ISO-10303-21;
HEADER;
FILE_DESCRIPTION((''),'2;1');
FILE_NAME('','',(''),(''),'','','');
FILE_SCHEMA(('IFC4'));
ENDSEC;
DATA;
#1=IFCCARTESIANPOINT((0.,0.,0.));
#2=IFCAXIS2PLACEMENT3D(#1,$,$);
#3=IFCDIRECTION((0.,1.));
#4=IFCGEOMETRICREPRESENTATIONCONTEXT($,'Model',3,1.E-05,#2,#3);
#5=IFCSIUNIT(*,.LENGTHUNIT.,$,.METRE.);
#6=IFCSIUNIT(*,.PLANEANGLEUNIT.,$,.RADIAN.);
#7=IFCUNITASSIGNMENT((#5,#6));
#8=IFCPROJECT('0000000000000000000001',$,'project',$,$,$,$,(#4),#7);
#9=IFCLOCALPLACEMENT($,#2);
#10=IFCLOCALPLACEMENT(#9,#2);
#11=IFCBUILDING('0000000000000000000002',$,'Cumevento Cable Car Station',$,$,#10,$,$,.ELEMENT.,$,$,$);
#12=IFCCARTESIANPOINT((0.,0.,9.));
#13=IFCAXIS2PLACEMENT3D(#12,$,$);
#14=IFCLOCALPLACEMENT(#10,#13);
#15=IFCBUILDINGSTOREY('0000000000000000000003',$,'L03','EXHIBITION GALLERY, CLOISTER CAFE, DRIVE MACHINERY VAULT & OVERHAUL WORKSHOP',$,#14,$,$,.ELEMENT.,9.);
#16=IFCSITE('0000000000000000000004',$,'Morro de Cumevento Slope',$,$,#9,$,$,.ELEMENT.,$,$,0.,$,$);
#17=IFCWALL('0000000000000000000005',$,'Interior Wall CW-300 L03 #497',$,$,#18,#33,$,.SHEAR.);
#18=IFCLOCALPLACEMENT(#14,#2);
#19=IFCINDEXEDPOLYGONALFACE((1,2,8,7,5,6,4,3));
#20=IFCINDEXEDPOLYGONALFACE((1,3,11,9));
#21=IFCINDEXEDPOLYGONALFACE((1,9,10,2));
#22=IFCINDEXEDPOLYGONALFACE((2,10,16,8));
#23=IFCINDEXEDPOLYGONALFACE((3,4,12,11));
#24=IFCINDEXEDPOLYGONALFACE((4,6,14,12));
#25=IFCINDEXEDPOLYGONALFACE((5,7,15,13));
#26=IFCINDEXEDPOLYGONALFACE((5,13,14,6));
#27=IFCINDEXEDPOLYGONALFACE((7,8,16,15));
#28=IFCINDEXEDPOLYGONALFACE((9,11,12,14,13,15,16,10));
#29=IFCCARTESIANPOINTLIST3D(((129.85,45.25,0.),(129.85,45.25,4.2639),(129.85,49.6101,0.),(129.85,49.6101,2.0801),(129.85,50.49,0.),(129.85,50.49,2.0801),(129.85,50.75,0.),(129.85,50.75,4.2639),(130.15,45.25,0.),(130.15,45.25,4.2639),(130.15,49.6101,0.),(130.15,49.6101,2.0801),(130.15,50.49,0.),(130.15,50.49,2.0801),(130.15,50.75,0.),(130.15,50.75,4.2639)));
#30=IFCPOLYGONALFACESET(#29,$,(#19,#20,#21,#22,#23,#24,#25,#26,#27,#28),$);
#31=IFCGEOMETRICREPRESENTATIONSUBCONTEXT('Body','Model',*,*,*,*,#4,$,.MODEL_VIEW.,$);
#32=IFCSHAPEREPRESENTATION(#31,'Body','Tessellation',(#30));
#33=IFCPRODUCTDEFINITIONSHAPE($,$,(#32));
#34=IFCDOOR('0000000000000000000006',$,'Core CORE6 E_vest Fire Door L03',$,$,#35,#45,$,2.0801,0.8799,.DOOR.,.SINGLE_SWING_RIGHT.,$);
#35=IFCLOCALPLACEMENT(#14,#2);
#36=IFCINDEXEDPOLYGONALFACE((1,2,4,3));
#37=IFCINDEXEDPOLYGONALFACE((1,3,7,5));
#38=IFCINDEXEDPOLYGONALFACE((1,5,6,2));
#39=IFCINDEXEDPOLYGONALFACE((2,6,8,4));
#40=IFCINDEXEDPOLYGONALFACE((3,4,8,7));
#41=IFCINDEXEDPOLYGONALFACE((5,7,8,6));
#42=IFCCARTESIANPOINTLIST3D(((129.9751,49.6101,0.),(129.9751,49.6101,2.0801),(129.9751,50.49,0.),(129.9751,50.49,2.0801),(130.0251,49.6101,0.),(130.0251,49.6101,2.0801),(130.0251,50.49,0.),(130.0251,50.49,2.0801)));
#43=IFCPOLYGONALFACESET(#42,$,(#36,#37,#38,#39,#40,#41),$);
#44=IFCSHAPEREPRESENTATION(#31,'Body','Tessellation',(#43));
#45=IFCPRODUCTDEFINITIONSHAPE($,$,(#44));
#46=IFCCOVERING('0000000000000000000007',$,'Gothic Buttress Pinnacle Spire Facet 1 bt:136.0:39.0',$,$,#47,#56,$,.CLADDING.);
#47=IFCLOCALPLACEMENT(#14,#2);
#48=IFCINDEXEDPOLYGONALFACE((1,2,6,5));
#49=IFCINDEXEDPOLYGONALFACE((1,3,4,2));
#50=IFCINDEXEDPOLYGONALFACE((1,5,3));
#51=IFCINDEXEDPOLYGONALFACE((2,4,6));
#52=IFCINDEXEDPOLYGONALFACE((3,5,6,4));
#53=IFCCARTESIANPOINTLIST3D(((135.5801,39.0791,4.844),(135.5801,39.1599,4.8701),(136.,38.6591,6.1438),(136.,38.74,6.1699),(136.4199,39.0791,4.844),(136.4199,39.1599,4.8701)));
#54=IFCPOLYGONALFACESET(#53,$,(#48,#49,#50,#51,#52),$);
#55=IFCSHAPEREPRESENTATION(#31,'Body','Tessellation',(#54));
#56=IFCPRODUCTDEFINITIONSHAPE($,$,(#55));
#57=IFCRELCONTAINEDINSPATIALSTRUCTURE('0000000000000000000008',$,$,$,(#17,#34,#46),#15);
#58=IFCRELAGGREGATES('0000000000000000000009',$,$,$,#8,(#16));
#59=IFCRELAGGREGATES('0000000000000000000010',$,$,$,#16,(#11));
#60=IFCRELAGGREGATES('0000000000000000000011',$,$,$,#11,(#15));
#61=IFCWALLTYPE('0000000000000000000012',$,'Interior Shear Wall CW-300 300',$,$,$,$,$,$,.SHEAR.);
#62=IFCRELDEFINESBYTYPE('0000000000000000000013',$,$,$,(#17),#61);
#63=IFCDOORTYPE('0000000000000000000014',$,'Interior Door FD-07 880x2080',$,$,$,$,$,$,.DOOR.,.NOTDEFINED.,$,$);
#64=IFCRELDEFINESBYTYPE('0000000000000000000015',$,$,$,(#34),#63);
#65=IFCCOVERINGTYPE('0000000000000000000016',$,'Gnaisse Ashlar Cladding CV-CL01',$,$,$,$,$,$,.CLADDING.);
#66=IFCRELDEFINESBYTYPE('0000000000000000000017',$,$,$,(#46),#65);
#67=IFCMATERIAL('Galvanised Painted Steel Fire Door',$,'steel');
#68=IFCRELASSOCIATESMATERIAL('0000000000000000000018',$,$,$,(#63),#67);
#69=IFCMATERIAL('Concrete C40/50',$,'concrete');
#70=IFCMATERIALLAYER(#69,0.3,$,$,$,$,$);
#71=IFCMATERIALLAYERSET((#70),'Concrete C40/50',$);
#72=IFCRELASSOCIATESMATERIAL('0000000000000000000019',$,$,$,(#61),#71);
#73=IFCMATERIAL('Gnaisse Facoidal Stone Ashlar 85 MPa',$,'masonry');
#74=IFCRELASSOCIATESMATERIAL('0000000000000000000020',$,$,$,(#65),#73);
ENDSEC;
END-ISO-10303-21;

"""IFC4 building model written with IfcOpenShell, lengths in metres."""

from ifc_helpers import new_model, si_unit, direction, frame, frame_2d, origin, place, context, subcontext, project, spatial, polyline, rectangle, outline, extrude, material, layer, layer_set, type_object, element, fill, save


model = new_model("IFC4")

# Units and contexts
model_context = context("Model", 3, precision=1e-05, world=origin(), true_north=direction((0.0, 1.0)))
body_context = subcontext(model_context, "Body", "Model", "MODEL_VIEW")
ifc_project = project(units=[si_unit("LENGTHUNIT", "METRE"), si_unit("PLANEANGLEUNIT", "RADIAN")], contexts=[model_context])

# Site, building, storey
site_placement = place(None, origin())
site = spatial("IfcSite", under=ifc_project, at=site_placement, Name="Morro de Cumevento Slope", CompositionType="ELEMENT", RefElevation=0.0)
building_placement = place(site_placement, origin())
building = spatial("IfcBuilding", under=site, at=building_placement, Name="Cumevento Cable Car Station", CompositionType="ELEMENT")
storey_placement = place(building_placement, frame((0.0, 0.0, 9.0)))
storey = spatial("IfcBuildingStorey", under=building, at=storey_placement, Name="L03", Description="EXHIBITION GALLERY, CLOISTER CAFE, DRIVE MACHINERY VAULT & OVERHAUL WORKSHOP", CompositionType="ELEMENT", Elevation=9.0)

# Shared definitions
ifc_material_1 = material(Name="Galvanised Painted Steel Fire Door", Category="steel")
door_type_1 = type_object("IfcDoorType", Name="Interior Door FD-07 880x2080", OperationType="NOTDEFINED", PredefinedType="DOOR", material=ifc_material_1)

# Wall, opening, door
ifc_material_2 = material(Name="Concrete C40/50", Category="concrete")
ifc_layer_1 = layer(ifc_material_2, 0.3)
ifc_layer_set_1 = layer_set([ifc_layer_1], Name="Concrete C40/50")
wall_type_1 = type_object("IfcWallType", Name="Interior Shear Wall CW-300 300", PredefinedType="SHEAR", material=ifc_layer_set_1)
wall_1_placement = place(storey_placement, frame((130.0, 45.25, 0.0), z_axis=(0.0, 0.0, 1.0), x_axis=(0.0, 1.0, 0.0)))
wall_1 = element("IfcWall", 1, at=wall_1_placement, inside=storey, type_object=wall_type_1, Name="Interior Wall CW-300 L03 #497", PredefinedType="SHEAR", context=body_context, shape_type="SweptSolid", body=[
    extrude(rectangle(XDim=5.5, YDim=0.3, at=frame_2d((2.75, 0.0))), origin(), (0.0, 0.0, 1.0), 4.2639),
])
opening_1_placement = place(wall_1_placement, frame((4.3601, 0.0, 0.0)))
opening_1 = element("IfcOpeningElement", 2, at=opening_1_placement, cuts=wall_1, PredefinedType="OPENING", context=body_context, shape_type="SweptSolid", body=[
    extrude(rectangle(XDim=0.8799, YDim=2.0801, at=frame_2d((0.4399, 1.04))), frame((0.0, 0.1599, 0.0), z_axis=(0.0, -1.0, 0.0), x_axis=(1.0, 0.0, 0.0)), (0.0, 0.0, 1.0), 0.3201),
])
door_1_placement = place(opening_1_placement, origin())
door_1 = element("IfcDoor", 3, at=door_1_placement, inside=storey, type_object=door_type_1, Name="Core CORE6 E_vest Fire Door L03", OperationType="SINGLE_SWING_RIGHT", OverallHeight=2.0801, OverallWidth=0.8799, PredefinedType="DOOR", context=body_context, shape_type="SweptSolid", body=[
    extrude(rectangle(XDim=0.8799, YDim=2.0801, at=frame_2d((0.4399, 1.04))), frame((0.0, 0.0249, 0.0), z_axis=(0.0, -1.0, 0.0), x_axis=(1.0, 0.0, 0.0)), (0.0, 0.0, 1.0), 0.05),
])
fill(opening_1, door_1)

# Covering
ifc_material_3 = material(Name="Gnaisse Facoidal Stone Ashlar 85 MPa", Category="masonry")
covering_type = type_object("IfcCoveringType", Name="Gnaisse Ashlar Cladding CV-CL01", PredefinedType="CLADDING", material=ifc_material_3)
covering_placement = place(storey_placement, frame((135.5801, 39.1599, 4.8701), z_axis=(0.0, 0.951574, 0.307421), x_axis=(1.0, 0.0, 0.0)))
element("IfcCovering", 4, at=covering_placement, inside=storey, type_object=covering_type, Name="Gothic Buttress Pinnacle Spire Facet 1 bt:136.0:39.0", PredefinedType="CLADDING", context=body_context, shape_type="SweptSolid", body=[
    extrude(outline(polyline([(0.0, 0.0), (0.8398, 0.0), (0.4199, -1.366), (0.0, 0.0)])), origin(), (0.0, 0.0, -1.0), 0.085),
])

save(model, "model.ifc")
